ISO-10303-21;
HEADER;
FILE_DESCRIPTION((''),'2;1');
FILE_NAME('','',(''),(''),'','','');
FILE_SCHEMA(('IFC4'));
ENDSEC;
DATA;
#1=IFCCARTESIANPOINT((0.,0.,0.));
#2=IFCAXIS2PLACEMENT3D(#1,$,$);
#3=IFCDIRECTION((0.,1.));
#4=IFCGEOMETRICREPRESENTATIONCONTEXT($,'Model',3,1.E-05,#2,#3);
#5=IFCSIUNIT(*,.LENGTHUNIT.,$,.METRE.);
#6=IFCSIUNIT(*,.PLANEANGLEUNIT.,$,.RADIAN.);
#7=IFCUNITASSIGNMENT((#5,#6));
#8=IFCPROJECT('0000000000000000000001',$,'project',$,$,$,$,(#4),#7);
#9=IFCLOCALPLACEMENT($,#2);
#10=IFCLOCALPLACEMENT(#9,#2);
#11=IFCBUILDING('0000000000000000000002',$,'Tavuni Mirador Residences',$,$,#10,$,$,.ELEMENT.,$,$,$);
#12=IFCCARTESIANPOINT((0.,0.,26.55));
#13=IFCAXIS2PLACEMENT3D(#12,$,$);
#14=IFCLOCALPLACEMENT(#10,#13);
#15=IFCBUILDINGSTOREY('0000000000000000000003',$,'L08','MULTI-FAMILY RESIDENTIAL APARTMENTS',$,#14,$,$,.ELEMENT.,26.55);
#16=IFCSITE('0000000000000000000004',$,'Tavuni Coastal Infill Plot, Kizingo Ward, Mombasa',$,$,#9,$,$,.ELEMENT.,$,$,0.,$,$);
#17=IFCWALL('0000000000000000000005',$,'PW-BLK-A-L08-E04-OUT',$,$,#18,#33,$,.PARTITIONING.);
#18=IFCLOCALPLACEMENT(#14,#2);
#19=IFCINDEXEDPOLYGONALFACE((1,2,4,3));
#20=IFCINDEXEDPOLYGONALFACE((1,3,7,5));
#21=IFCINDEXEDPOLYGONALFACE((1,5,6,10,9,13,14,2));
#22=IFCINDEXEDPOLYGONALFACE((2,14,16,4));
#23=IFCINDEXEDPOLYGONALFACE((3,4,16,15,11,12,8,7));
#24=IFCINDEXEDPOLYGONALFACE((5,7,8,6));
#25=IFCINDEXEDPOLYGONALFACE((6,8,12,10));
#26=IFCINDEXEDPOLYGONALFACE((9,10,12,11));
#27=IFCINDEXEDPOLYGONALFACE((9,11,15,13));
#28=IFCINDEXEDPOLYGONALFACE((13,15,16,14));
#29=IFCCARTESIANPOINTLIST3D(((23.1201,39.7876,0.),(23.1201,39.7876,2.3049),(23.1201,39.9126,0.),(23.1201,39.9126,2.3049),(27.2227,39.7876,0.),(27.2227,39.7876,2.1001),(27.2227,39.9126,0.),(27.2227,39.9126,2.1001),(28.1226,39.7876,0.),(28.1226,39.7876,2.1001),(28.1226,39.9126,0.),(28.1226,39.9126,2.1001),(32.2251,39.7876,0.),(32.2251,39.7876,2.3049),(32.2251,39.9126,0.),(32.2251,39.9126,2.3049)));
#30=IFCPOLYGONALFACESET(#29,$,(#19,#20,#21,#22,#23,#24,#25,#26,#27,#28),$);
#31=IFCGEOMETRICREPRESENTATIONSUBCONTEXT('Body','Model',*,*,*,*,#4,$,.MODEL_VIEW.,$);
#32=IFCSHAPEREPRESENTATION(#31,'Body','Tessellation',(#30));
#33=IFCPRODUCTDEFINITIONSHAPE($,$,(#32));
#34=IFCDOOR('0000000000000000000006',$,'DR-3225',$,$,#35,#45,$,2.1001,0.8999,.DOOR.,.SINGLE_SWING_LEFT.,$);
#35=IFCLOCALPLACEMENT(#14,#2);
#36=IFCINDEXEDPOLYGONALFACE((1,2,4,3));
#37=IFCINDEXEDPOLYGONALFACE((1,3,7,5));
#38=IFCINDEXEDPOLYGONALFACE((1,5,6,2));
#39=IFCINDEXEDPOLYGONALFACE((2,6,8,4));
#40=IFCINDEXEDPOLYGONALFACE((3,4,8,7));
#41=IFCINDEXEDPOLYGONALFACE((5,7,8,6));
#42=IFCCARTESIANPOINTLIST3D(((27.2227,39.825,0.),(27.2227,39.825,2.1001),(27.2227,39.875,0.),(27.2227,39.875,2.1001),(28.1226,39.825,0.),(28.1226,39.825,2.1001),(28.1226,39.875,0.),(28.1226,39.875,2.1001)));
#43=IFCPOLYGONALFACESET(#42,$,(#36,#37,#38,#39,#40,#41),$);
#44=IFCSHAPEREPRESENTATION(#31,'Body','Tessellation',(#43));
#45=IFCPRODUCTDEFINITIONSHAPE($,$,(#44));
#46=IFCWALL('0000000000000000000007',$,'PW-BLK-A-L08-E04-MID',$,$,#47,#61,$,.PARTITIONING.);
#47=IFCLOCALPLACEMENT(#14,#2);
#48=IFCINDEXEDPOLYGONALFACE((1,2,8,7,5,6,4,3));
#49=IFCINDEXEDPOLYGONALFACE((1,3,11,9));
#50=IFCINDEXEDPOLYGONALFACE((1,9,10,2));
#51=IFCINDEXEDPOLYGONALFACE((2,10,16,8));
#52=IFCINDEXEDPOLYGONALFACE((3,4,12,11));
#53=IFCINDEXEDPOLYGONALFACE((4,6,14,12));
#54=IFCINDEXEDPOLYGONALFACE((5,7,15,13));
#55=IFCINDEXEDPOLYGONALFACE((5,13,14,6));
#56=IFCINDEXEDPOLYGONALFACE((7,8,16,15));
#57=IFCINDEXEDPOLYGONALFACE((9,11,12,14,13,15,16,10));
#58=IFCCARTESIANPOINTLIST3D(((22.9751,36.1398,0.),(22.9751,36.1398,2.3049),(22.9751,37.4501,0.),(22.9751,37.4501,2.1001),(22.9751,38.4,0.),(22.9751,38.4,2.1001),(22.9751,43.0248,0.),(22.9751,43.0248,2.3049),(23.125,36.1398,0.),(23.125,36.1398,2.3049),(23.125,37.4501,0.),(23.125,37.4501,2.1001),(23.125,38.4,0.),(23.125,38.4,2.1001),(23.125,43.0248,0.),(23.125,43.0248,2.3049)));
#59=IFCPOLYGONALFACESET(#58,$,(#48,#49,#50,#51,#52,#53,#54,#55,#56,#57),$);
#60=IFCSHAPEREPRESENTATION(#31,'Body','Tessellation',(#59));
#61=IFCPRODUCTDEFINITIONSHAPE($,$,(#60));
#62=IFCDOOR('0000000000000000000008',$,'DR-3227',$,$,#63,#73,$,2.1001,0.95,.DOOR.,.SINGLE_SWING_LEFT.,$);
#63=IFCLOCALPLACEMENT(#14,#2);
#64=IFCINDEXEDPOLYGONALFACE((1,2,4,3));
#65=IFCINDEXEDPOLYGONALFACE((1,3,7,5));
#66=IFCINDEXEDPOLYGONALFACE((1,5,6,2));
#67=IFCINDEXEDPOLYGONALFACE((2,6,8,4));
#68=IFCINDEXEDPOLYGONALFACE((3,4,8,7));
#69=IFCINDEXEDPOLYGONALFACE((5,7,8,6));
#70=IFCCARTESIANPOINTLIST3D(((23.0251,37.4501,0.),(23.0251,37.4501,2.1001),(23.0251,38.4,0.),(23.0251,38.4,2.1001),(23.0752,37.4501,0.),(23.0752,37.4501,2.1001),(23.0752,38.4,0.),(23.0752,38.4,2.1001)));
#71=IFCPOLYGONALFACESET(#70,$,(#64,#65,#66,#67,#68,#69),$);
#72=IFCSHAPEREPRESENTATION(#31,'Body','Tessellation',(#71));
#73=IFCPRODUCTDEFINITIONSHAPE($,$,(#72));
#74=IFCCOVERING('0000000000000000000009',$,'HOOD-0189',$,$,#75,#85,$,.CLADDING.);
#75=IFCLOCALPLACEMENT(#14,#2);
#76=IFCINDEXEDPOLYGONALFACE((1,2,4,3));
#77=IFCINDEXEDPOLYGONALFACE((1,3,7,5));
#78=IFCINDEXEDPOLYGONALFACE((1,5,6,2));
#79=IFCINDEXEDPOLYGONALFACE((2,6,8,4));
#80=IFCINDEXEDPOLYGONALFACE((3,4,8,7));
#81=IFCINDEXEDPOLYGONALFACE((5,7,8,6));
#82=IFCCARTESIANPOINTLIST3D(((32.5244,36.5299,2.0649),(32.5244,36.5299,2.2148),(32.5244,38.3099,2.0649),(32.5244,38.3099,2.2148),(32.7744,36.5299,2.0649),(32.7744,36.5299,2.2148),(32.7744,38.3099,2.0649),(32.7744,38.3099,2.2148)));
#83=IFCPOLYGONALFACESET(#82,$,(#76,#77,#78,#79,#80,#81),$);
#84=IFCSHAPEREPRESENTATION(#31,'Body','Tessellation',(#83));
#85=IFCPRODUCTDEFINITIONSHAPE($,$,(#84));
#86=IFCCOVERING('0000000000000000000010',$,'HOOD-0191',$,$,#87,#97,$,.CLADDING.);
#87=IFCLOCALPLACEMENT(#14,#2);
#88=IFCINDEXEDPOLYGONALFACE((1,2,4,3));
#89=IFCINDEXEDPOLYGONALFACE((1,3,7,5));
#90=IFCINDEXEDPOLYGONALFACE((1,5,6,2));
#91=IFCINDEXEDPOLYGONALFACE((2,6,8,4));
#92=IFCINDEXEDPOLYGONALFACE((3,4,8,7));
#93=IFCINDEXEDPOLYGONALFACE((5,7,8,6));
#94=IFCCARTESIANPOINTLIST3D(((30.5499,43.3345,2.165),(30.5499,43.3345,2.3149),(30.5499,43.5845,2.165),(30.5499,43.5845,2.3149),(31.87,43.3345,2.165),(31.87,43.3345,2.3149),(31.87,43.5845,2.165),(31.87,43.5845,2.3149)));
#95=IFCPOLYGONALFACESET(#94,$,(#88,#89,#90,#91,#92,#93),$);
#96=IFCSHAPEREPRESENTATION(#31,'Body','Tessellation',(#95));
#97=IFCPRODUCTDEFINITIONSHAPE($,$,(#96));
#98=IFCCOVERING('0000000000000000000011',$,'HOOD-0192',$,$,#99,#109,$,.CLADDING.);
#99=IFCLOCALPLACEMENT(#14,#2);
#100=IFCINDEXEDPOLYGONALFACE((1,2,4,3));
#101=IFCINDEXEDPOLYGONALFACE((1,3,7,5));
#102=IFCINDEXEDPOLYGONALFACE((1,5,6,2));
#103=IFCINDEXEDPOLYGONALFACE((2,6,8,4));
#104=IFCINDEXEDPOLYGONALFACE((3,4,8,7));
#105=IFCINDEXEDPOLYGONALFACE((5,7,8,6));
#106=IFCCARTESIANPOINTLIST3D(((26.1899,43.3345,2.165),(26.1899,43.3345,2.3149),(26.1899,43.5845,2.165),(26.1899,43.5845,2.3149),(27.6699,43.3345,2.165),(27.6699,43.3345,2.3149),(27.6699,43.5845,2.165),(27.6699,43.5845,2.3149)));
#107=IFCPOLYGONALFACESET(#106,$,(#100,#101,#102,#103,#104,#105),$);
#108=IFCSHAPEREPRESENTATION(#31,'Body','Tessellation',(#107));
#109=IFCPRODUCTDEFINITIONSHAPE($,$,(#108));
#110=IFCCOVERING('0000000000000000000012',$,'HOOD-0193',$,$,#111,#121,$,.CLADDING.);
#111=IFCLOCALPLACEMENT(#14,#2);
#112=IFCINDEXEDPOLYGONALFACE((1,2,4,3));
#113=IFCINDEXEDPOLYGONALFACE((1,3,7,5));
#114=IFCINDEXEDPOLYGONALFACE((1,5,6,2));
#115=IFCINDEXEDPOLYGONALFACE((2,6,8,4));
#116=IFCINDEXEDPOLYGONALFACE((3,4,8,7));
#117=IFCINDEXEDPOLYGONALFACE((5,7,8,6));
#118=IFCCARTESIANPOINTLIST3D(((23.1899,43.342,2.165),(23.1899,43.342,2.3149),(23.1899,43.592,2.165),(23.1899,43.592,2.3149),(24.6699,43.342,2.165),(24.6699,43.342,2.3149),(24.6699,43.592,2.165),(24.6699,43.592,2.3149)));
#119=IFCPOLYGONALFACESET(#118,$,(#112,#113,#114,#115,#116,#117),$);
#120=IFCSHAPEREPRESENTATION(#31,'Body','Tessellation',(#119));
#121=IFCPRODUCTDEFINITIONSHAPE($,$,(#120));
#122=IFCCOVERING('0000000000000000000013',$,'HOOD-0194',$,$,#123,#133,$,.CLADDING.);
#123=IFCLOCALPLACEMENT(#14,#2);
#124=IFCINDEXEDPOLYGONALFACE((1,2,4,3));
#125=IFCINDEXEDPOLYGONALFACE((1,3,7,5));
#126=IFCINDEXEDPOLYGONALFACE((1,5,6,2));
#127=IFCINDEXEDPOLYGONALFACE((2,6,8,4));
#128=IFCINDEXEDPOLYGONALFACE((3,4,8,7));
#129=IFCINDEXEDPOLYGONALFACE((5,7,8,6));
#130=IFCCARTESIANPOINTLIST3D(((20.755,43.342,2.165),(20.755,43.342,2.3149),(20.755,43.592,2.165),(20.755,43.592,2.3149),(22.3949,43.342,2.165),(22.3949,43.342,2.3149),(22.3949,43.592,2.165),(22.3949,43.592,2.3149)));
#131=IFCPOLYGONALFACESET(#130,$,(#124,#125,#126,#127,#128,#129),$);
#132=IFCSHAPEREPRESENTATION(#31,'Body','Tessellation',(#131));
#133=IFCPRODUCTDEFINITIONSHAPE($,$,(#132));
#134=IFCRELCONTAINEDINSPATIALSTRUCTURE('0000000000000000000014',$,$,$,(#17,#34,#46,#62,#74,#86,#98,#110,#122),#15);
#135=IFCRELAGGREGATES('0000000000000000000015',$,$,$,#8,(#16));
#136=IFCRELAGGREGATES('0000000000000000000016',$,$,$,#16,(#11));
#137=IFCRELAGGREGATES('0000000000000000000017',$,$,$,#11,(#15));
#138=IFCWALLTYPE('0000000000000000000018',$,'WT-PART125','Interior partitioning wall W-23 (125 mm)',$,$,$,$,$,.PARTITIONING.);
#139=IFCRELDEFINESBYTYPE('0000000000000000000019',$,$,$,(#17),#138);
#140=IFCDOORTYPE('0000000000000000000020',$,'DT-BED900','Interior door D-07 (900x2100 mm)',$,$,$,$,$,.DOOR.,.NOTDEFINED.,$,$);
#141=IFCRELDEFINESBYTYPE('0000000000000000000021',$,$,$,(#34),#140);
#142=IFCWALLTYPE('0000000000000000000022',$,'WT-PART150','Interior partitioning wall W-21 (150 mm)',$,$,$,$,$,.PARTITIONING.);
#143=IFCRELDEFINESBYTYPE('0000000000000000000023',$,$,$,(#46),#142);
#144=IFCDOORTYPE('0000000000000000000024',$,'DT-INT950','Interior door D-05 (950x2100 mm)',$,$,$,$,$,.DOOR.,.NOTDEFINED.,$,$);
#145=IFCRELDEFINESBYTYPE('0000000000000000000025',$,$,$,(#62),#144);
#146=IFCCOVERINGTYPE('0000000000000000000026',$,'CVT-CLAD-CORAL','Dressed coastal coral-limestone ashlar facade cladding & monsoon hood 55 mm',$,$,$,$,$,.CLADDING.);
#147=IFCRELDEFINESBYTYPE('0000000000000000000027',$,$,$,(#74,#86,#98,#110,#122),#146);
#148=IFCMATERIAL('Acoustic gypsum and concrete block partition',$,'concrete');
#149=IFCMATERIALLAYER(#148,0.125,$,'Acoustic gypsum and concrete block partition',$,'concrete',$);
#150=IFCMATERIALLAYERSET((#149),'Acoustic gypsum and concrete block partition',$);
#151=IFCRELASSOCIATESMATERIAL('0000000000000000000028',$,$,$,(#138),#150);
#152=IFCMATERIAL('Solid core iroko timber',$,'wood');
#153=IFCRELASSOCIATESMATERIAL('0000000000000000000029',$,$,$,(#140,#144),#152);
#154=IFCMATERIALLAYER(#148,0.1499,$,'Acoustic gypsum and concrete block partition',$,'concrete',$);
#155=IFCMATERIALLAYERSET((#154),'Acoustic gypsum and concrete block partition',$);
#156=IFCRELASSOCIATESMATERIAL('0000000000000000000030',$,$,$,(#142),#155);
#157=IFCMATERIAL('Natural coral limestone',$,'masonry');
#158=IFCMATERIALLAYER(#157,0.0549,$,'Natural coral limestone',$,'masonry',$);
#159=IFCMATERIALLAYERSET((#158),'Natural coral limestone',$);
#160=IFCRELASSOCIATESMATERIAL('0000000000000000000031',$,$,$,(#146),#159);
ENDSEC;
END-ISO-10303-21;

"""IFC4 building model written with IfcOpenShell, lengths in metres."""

from ifc_helpers import new_model, si_unit, direction, frame, frame_2d, origin, origin_2d, place, context, subcontext, project, spatial, rectangle, extrude, material, layer, layer_set, type_object, element, fill, save


model = new_model("IFC4")

# Units and contexts
model_context = context("Model", 3, precision=1e-05, world=origin(), true_north=direction((0.0, 1.0)))
body_context = subcontext(model_context, "Body", "Model", "MODEL_VIEW")
ifc_project = project(units=[si_unit("LENGTHUNIT", "METRE"), si_unit("PLANEANGLEUNIT", "RADIAN")], contexts=[model_context])

# Site, building, storey
site_placement = place(None, origin())
site = spatial("IfcSite", under=ifc_project, at=site_placement, Name="Tavuni Coastal Infill Plot, Kizingo Ward, Mombasa", CompositionType="ELEMENT", RefElevation=0.0)
building_placement = place(site_placement, origin())
building = spatial("IfcBuilding", under=site, at=building_placement, Name="Tavuni Mirador Residences", CompositionType="ELEMENT")
storey_placement = place(building_placement, frame((0.0, 0.0, 26.55)))
storey = spatial("IfcBuildingStorey", under=building, at=storey_placement, Name="L08", Description="MULTI-FAMILY RESIDENTIAL APARTMENTS", CompositionType="ELEMENT", Elevation=26.55)

# Shared definitions
ifc_material_1 = material(Name="Solid core iroko timber", Category="wood")

# Walls, openings, doors
ifc_material_2 = material(Name="Acoustic gypsum and concrete block partition", Category="concrete")
ifc_layer_1 = layer(ifc_material_2, 0.125, Name="Acoustic gypsum and concrete block partition", Category="concrete")
ifc_layer_set_1 = layer_set([ifc_layer_1], Name="Acoustic gypsum and concrete block partition")
wall_type_1 = type_object("IfcWallType", Name="WT-PART125", Description="Interior partitioning wall W-23 (125 mm)", PredefinedType="PARTITIONING", material=ifc_layer_set_1)
wall_1_placement = place(storey_placement, frame((23.1201, 39.8501, 0.0), z_axis=(0.0, 0.0, 1.0), x_axis=(1.0, 0.0, 0.0)))
wall_1 = element("IfcWall", 1, at=wall_1_placement, inside=storey, type_object=wall_type_1, Name="PW-BLK-A-L08-E04-OUT", PredefinedType="PARTITIONING", context=body_context, shape_type="SweptSolid", body=[
    extrude(rectangle(XDim=9.105, YDim=0.125, at=frame_2d((4.5525, 0.0))), origin(), (0.0, 0.0, 1.0), 2.3049),
])
opening_1_placement = place(wall_1_placement, frame((4.1025, 0.0, 0.0)))
opening_1 = element("IfcOpeningElement", 2, at=opening_1_placement, cuts=wall_1, PredefinedType="OPENING", context=body_context, shape_type="SweptSolid", body=[
    extrude(rectangle(XDim=0.8999, YDim=2.1001, at=frame_2d((0.45, 1.05))), frame((0.0, 0.0725, 0.0), z_axis=(0.0, -1.0, 0.0), x_axis=(1.0, 0.0, 0.0)), (0.0, 0.0, 1.0), 0.145),
])
door_type_1 = type_object("IfcDoorType", Name="DT-BED900", Description="Interior door D-07 (900x2100 mm)", OperationType="NOTDEFINED", PredefinedType="DOOR", material=ifc_material_1)
door_1_placement = place(opening_1_placement, origin())
door_1 = element("IfcDoor", 3, at=door_1_placement, inside=storey, type_object=door_type_1, Name="DR-3225", OperationType="SINGLE_SWING_LEFT", OverallHeight=2.1001, OverallWidth=0.8999, PredefinedType="DOOR", context=body_context, shape_type="SweptSolid", body=[
    extrude(rectangle(XDim=0.8999, YDim=2.1001, at=frame_2d((0.45, 1.05))), frame((0.0, 0.0249, 0.0), z_axis=(0.0, -1.0, 0.0), x_axis=(1.0, 0.0, 0.0)), (0.0, 0.0, 1.0), 0.05),
])
fill(opening_1, door_1)
ifc_layer_2 = layer(ifc_material_2, 0.1499, Name="Acoustic gypsum and concrete block partition", Category="concrete")
ifc_layer_set_2 = layer_set([ifc_layer_2], Name="Acoustic gypsum and concrete block partition")
wall_type_2 = type_object("IfcWallType", Name="WT-PART150", Description="Interior partitioning wall W-21 (150 mm)", PredefinedType="PARTITIONING", material=ifc_layer_set_2)
wall_2_placement = place(storey_placement, frame((23.05, 36.1399, 0.0), z_axis=(0.0, 0.0, 1.0), x_axis=(0.0, 1.0, 0.0)))
wall_2 = element("IfcWall", 4, at=wall_2_placement, inside=storey, type_object=wall_type_2, Name="PW-BLK-A-L08-E04-MID", PredefinedType="PARTITIONING", context=body_context, shape_type="SweptSolid", body=[
    extrude(rectangle(XDim=6.885, YDim=0.1499, at=frame_2d((3.4424, 0.0))), origin(), (0.0, 0.0, 1.0), 2.3049),
])
opening_2_placement = place(wall_2_placement, frame((1.3101, 0.0, 0.0)))
opening_2 = element("IfcOpeningElement", 5, at=opening_2_placement, cuts=wall_2, PredefinedType="OPENING", context=body_context, shape_type="SweptSolid", body=[
    extrude(rectangle(XDim=0.95, YDim=2.1001, at=frame_2d((0.4751, 1.05))), frame((0.0, 0.085, 0.0), z_axis=(0.0, -1.0, 0.0), x_axis=(1.0, 0.0, 0.0)), (0.0, 0.0, 1.0), 0.1699),
])
door_type_2 = type_object("IfcDoorType", Name="DT-INT950", Description="Interior door D-05 (950x2100 mm)", OperationType="NOTDEFINED", PredefinedType="DOOR", material=ifc_material_1)
door_2_placement = place(opening_2_placement, origin())
door_2 = element("IfcDoor", 6, at=door_2_placement, inside=storey, type_object=door_type_2, Name="DR-3227", OperationType="SINGLE_SWING_LEFT", OverallHeight=2.1001, OverallWidth=0.95, PredefinedType="DOOR", context=body_context, shape_type="SweptSolid", body=[
    extrude(rectangle(XDim=0.95, YDim=2.1001, at=frame_2d((0.4751, 1.05))), frame((0.0, 0.0249, 0.0), z_axis=(0.0, -1.0, 0.0), x_axis=(1.0, 0.0, 0.0)), (0.0, 0.0, 1.0), 0.05),
])
fill(opening_2, door_2)

# Coverings
ifc_material_3 = material(Name="Natural coral limestone", Category="masonry")
ifc_layer_3 = layer(ifc_material_3, 0.0549, Name="Natural coral limestone", Category="masonry")
ifc_layer_set_3 = layer_set([ifc_layer_3], Name="Natural coral limestone")
covering_type = type_object("IfcCoveringType", Name="CVT-CLAD-CORAL", Description="Dressed coastal coral-limestone ashlar facade cladding & monsoon hood 55 mm", PredefinedType="CLADDING", material=ifc_layer_set_3)
covering_1_placement = place(storey_placement, frame((32.6494, 37.4199, 2.0649), z_axis=(0.0, 0.0, 1.0), x_axis=(0.0, 1.0, 0.0)))
element("IfcCovering", 7, at=covering_1_placement, inside=storey, type_object=covering_type, Name="HOOD-0189", PredefinedType="CLADDING", context=body_context, shape_type="SweptSolid", body=[
    extrude(rectangle(XDim=1.78, YDim=0.25, at=origin_2d()), origin(), (0.0, 0.0, 1.0), 0.1499),
])
covering_2_placement = place(storey_placement, frame((31.21, 43.4595, 2.165), z_axis=(0.0, 0.0, 1.0), x_axis=(-1.0, 0.0, 0.0)))
element("IfcCovering", 8, at=covering_2_placement, inside=storey, type_object=covering_type, Name="HOOD-0191", PredefinedType="CLADDING", context=body_context, shape_type="SweptSolid", body=[
    extrude(rectangle(XDim=1.3201, YDim=0.25, at=origin_2d()), origin(), (0.0, 0.0, 1.0), 0.1499),
])
for number, where, z_axis, x_axis, name in (
    (9, (26.9299, 43.4595, 2.165), (0.0, 0.0, 1.0), (-1.0, 0.0, 0.0), "HOOD-0192"),
    (10, (23.9299, 43.467, 2.165), (0.0, 0.0, 1.0), (-1.0, 0.0, 0.0), "HOOD-0193"),
):
    element("IfcCovering", number, at=place(storey_placement, frame(where, z_axis=z_axis, x_axis=x_axis)), inside=storey, type_object=covering_type, Name=name, PredefinedType="CLADDING", context=body_context, shape_type="SweptSolid", body=[
        extrude(rectangle(XDim=1.48, YDim=0.25, at=origin_2d()), origin(), (0.0, 0.0, 1.0), 0.1499),
    ])
covering_3_placement = place(storey_placement, frame((21.575, 43.467, 2.165), z_axis=(0.0, 0.0, 1.0), x_axis=(-1.0, 0.0, 0.0)))
element("IfcCovering", 11, at=covering_3_placement, inside=storey, type_object=covering_type, Name="HOOD-0194", PredefinedType="CLADDING", context=body_context, shape_type="SweptSolid", body=[
    extrude(rectangle(XDim=1.6399, YDim=0.25, at=origin_2d()), origin(), (0.0, 0.0, 1.0), 0.1499),
])

save(model, "model.ifc")
